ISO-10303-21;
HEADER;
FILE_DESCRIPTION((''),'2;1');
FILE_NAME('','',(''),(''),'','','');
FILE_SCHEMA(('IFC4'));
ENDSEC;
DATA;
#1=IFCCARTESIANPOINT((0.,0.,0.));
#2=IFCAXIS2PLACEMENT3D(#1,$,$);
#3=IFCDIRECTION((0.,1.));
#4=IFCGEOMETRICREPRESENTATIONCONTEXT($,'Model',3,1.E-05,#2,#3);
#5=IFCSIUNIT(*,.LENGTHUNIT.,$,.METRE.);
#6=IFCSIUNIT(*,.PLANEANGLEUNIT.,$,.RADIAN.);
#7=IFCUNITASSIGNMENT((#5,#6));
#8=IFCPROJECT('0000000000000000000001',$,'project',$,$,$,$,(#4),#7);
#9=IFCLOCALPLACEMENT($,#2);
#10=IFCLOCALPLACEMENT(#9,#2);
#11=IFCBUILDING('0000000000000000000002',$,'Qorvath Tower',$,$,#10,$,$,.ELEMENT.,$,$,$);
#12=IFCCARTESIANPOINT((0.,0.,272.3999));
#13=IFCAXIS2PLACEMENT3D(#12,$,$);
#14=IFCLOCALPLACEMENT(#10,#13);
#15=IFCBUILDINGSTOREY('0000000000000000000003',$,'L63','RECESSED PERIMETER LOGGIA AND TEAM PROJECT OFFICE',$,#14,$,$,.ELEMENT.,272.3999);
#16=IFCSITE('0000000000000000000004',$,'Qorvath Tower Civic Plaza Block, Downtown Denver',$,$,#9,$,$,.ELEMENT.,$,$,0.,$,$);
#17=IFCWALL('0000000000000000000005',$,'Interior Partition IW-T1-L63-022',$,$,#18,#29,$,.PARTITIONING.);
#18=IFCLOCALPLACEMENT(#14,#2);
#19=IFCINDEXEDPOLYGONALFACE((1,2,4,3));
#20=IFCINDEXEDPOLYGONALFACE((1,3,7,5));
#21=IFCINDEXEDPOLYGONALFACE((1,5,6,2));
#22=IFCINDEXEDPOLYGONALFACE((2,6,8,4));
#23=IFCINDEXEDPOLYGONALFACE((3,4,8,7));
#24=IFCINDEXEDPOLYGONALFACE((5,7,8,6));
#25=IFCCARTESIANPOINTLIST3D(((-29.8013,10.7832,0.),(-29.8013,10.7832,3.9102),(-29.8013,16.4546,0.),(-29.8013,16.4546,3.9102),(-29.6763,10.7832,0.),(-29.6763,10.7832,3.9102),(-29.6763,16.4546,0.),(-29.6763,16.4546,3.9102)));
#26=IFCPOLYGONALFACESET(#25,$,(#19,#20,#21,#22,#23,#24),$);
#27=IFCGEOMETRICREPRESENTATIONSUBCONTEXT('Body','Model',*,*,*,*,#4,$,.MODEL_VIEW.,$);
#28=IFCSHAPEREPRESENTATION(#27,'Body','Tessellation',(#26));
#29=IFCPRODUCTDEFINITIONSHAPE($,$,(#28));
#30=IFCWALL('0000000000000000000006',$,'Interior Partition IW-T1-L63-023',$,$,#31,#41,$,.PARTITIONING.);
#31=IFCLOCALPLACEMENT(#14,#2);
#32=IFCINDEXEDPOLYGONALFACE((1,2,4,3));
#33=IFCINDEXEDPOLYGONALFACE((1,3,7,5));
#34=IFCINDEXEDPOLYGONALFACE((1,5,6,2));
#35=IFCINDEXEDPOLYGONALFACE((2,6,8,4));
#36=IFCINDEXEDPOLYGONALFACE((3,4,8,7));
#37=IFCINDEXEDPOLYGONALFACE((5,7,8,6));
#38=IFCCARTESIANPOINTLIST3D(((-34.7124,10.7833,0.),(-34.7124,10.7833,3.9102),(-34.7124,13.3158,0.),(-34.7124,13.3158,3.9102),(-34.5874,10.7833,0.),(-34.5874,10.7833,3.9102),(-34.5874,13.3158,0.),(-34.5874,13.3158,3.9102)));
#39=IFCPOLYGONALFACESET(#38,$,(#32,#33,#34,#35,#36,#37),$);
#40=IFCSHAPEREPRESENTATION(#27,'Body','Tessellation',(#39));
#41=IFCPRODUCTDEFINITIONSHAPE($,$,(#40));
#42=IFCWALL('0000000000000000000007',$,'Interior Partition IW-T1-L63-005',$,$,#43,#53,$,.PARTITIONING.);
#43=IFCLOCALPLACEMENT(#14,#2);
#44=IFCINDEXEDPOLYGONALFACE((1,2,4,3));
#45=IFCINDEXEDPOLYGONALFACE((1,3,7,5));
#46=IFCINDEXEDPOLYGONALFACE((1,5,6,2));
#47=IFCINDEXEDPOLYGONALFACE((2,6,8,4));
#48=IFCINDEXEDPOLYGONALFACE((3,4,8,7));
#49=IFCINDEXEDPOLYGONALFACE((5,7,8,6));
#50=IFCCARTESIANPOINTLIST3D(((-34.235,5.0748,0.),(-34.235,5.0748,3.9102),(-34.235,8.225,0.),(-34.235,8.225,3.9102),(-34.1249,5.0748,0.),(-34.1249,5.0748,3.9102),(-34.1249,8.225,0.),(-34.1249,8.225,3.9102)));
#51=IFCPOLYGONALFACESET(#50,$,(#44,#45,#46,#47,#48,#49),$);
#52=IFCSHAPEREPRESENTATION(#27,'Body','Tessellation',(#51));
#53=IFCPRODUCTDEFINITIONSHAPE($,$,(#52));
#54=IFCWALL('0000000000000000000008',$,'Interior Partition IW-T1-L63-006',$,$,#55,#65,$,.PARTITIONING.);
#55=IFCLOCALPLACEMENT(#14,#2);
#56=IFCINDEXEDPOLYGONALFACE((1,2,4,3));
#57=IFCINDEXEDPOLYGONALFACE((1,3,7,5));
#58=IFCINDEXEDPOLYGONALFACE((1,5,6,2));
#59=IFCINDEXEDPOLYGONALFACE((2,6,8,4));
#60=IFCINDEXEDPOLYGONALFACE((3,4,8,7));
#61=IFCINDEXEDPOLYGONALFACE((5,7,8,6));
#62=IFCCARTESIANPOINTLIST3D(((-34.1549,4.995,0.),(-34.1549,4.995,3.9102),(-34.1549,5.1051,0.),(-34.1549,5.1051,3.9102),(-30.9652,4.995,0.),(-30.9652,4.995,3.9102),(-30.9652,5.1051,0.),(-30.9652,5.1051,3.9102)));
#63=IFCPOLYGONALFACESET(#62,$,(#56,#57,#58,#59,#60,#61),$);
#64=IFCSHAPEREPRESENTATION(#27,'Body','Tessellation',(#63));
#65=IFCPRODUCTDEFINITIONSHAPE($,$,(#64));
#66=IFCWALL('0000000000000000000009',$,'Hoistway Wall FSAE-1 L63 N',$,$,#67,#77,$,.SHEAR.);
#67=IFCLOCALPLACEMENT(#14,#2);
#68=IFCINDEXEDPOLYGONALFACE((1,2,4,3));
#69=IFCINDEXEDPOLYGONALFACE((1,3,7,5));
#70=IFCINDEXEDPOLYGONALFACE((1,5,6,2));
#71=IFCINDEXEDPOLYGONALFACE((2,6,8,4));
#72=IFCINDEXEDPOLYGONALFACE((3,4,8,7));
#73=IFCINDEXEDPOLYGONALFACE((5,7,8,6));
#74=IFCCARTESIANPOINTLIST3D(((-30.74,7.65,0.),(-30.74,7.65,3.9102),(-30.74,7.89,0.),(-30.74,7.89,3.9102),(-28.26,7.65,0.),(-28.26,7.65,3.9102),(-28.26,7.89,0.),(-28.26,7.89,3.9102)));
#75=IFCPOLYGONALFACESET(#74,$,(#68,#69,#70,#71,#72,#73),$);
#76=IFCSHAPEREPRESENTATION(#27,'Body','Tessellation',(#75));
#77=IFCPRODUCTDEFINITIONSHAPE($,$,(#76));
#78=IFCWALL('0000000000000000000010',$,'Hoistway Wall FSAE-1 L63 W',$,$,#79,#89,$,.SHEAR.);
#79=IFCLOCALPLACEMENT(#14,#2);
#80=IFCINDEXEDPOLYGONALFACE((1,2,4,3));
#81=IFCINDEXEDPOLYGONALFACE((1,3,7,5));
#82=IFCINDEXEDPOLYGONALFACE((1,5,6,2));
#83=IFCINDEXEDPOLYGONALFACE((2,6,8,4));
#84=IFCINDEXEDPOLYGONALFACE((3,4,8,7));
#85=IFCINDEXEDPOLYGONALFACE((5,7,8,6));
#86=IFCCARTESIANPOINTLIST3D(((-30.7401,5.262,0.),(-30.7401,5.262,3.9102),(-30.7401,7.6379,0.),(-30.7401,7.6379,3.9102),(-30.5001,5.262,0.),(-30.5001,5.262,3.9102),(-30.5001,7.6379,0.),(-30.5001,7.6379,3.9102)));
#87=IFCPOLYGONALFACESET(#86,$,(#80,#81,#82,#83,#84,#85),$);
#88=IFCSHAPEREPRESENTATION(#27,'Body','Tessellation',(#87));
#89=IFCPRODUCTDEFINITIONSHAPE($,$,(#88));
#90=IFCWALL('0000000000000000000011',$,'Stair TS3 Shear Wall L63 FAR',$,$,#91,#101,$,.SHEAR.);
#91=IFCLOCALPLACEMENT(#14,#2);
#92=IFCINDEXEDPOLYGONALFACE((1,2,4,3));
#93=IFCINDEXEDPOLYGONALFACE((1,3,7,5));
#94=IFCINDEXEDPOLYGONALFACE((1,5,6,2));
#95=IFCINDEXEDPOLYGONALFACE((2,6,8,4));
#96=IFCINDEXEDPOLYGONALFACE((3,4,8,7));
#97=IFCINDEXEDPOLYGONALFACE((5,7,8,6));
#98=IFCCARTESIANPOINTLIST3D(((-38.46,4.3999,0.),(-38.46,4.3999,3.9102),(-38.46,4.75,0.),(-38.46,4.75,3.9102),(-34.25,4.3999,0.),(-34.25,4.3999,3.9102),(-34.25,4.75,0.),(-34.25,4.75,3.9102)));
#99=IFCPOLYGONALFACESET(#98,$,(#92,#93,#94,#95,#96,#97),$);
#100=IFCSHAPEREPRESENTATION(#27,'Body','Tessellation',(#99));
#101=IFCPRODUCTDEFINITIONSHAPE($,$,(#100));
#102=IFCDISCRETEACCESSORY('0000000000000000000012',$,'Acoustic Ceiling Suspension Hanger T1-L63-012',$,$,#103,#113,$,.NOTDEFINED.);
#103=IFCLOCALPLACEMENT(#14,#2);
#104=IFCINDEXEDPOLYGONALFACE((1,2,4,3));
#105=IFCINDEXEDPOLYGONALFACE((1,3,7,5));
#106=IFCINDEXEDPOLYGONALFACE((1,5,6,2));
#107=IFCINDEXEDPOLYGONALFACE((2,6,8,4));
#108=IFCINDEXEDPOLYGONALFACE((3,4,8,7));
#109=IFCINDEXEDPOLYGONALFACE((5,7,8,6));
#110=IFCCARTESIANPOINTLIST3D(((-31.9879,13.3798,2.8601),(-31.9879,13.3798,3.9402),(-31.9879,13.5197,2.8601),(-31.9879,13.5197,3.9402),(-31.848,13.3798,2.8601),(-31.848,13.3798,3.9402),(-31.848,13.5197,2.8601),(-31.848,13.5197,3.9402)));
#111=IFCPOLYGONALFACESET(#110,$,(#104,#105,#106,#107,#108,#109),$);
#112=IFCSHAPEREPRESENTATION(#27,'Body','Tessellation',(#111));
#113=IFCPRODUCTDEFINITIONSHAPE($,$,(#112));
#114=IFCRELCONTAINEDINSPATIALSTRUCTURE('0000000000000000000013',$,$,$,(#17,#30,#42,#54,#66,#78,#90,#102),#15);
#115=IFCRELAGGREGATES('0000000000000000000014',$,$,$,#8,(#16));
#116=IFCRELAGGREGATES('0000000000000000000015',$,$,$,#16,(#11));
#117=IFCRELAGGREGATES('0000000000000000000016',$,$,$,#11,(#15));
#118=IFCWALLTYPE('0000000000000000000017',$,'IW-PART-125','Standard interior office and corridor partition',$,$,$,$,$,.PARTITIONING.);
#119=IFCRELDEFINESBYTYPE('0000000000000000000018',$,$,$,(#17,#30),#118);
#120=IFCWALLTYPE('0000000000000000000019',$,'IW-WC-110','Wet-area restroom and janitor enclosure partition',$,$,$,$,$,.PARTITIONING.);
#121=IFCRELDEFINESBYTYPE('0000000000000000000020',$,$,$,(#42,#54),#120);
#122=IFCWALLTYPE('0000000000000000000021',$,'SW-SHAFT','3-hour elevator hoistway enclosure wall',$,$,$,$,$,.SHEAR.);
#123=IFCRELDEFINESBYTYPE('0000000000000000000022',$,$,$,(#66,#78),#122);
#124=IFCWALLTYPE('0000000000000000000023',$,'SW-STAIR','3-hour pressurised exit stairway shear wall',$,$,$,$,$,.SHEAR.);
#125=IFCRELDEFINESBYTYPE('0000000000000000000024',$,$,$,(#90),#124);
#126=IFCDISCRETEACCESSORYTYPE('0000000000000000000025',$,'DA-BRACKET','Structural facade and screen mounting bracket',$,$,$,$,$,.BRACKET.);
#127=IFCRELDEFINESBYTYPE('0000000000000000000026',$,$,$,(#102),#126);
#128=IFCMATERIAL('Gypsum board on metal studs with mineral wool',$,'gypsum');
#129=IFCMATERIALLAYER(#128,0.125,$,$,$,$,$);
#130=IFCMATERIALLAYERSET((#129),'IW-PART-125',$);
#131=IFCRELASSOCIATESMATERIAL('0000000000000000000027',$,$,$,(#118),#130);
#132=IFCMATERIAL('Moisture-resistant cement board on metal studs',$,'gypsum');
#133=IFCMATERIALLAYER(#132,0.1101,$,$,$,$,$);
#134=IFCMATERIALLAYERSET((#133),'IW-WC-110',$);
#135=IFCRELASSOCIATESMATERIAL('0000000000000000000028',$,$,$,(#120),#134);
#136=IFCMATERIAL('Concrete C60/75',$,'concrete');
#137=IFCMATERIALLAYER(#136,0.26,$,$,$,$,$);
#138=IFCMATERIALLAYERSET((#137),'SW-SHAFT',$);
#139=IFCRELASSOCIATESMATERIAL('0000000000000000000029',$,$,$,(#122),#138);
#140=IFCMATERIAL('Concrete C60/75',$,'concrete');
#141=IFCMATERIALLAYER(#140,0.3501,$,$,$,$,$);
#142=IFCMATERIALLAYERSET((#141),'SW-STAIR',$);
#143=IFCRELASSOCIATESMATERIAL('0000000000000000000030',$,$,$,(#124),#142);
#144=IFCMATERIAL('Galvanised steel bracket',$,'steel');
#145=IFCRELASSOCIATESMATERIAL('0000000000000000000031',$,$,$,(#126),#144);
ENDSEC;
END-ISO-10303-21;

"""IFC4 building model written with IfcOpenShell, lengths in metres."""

from ifc_helpers import new_model, si_unit, direction, frame, frame_2d, origin, origin_2d, place, context, subcontext, project, spatial, rectangle, extrude, material, layer, layer_set, type_object, element, save


model = new_model("IFC4")

# Units and contexts
model_context = context("Model", 3, precision=1e-05, world=origin(), true_north=direction((0.0, 1.0)))
body_context = subcontext(model_context, "Body", "Model", "MODEL_VIEW")
ifc_project = project(units=[si_unit("LENGTHUNIT", "METRE"), si_unit("PLANEANGLEUNIT", "RADIAN")], contexts=[model_context])

# Site, building, storey
site_placement = place(None, origin())
site = spatial("IfcSite", under=ifc_project, at=site_placement, Name="Qorvath Tower Civic Plaza Block, Downtown Denver", CompositionType="ELEMENT", RefElevation=0.0)
building_placement = place(site_placement, origin())
building = spatial("IfcBuilding", under=site, at=building_placement, Name="Qorvath Tower", CompositionType="ELEMENT")
storey_placement = place(building_placement, frame((0.0, 0.0, 272.3999)))
storey = spatial("IfcBuildingStorey", under=building, at=storey_placement, Name="L63", Description="RECESSED PERIMETER LOGGIA AND TEAM PROJECT OFFICE", CompositionType="ELEMENT", Elevation=272.3999)

# Shared definitions
ifc_material_1 = material(Name="Gypsum board on metal studs with mineral wool", Category="gypsum")
ifc_layer_1 = layer(ifc_material_1, 0.125)
ifc_layer_set_1 = layer_set([ifc_layer_1], Name="IW-PART-125")
wall_type_1 = type_object("IfcWallType", Name="IW-PART-125", Description="Standard interior office and corridor partition", PredefinedType="PARTITIONING", material=ifc_layer_set_1)

# Walls
wall_1_placement = place(storey_placement, frame((-29.7388, 10.7832, 0.0), z_axis=(0.0, 0.0, 1.0), x_axis=(0.0, 1.0, 0.0)))
element("IfcWall", 1, at=wall_1_placement, inside=storey, type_object=wall_type_1, Name="Interior Partition IW-T1-L63-022", PredefinedType="PARTITIONING", context=body_context, shape_type="SweptSolid", body=[
    extrude(rectangle(XDim=5.6714, YDim=0.125, at=frame_2d((2.8357, 0.0))), origin(), (0.0, 0.0, 1.0), 3.9102),
])
wall_2_placement = place(storey_placement, frame((-34.6499, 13.3157, 0.0), z_axis=(0.0, 0.0, 1.0), x_axis=(0.0, -1.0, 0.0)))
element("IfcWall", 2, at=wall_2_placement, inside=storey, type_object=wall_type_1, Name="Interior Partition IW-T1-L63-023", PredefinedType="PARTITIONING", context=body_context, shape_type="SweptSolid", body=[
    extrude(rectangle(XDim=2.5325, YDim=0.125, at=frame_2d((1.2661, 0.0))), origin(), (0.0, 0.0, 1.0), 3.9102),
])
ifc_material_2 = material(Name="Moisture-resistant cement board on metal studs", Category="gypsum")
ifc_layer_2 = layer(ifc_material_2, 0.1101)
ifc_layer_set_2 = layer_set([ifc_layer_2], Name="IW-WC-110")
wall_type_2 = type_object("IfcWallType", Name="IW-WC-110", Description="Wet-area restroom and janitor enclosure partition", PredefinedType="PARTITIONING", material=ifc_layer_set_2)
wall_3_placement = place(storey_placement, frame((-34.1799, 8.2251, 0.0), z_axis=(0.0, 0.0, 1.0), x_axis=(0.0, -1.0, 0.0)))
element("IfcWall", 3, at=wall_3_placement, inside=storey, type_object=wall_type_2, Name="Interior Partition IW-T1-L63-005", PredefinedType="PARTITIONING", context=body_context, shape_type="SweptSolid", body=[
    extrude(rectangle(XDim=3.1501, YDim=0.1101, at=frame_2d((1.5752, 0.0))), origin(), (0.0, 0.0, 1.0), 3.9102),
])
wall_4_placement = place(storey_placement, frame((-34.1548, 5.05, 0.0), z_axis=(0.0, 0.0, 1.0), x_axis=(1.0, 0.0, 0.0)))
element("IfcWall", 4, at=wall_4_placement, inside=storey, type_object=wall_type_2, Name="Interior Partition IW-T1-L63-006", PredefinedType="PARTITIONING", context=body_context, shape_type="SweptSolid", body=[
    extrude(rectangle(XDim=3.1897, YDim=0.1101, at=frame_2d((1.5947, 0.0))), origin(), (0.0, 0.0, 1.0), 3.9102),
])
ifc_material_3 = material(Name="Concrete C60/75", Category="concrete")
ifc_layer_3 = layer(ifc_material_3, 0.26)
ifc_layer_set_3 = layer_set([ifc_layer_3], Name="SW-SHAFT")
wall_type_3 = type_object("IfcWallType", Name="SW-SHAFT", Description="3-hour elevator hoistway enclosure wall", PredefinedType="SHEAR", material=ifc_layer_set_3)
wall_5_placement = place(storey_placement, frame((-30.74, 7.77, 0.0), z_axis=(0.0, 0.0, 1.0), x_axis=(1.0, 0.0, 0.0)))
element("IfcWall", 5, at=wall_5_placement, inside=storey, type_object=wall_type_3, Name="Hoistway Wall FSAE-1 L63 N", PredefinedType="SHEAR", context=body_context, shape_type="SweptSolid", body=[
    extrude(rectangle(XDim=2.48, YDim=0.24, at=frame_2d((1.24, 0.0))), origin(), (0.0, 0.0, 1.0), 3.9102),
])
wall_6_placement = place(storey_placement, frame((-30.6201, 5.262, 0.0), z_axis=(0.0, 0.0, 1.0), x_axis=(0.0, 1.0, 0.0)))
element("IfcWall", 6, at=wall_6_placement, inside=storey, type_object=wall_type_3, Name="Hoistway Wall FSAE-1 L63 W", PredefinedType="SHEAR", context=body_context, shape_type="SweptSolid", body=[
    extrude(rectangle(XDim=2.376, YDim=0.24, at=frame_2d((1.188, 0.0))), origin(), (0.0, 0.0, 1.0), 3.9102),
])
ifc_material_4 = material(Name="Concrete C60/75", Category="concrete")
ifc_layer_4 = layer(ifc_material_4, 0.3501)
ifc_layer_set_4 = layer_set([ifc_layer_4], Name="SW-STAIR")
wall_type_4 = type_object("IfcWallType", Name="SW-STAIR", Description="3-hour pressurised exit stairway shear wall", PredefinedType="SHEAR", material=ifc_layer_set_4)
wall_7_placement = place(storey_placement, frame((-34.25, 4.575, 0.0), z_axis=(0.0, 0.0, 1.0), x_axis=(-1.0, 0.0, 0.0)))
element("IfcWall", 7, at=wall_7_placement, inside=storey, type_object=wall_type_4, Name="Stair TS3 Shear Wall L63 FAR", PredefinedType="SHEAR", context=body_context, shape_type="SweptSolid", body=[
    extrude(rectangle(XDim=4.21, YDim=0.3501, at=frame_2d((2.105, 0.0))), origin(), (0.0, 0.0, 1.0), 3.9102),
])

# Discrete accessory
ifc_material_5 = material(Name="Galvanised steel bracket", Category="steel")
discrete_accessory_type = type_object("IfcDiscreteAccessoryType", Name="DA-BRACKET", Description="Structural facade and screen mounting bracket", PredefinedType="BRACKET", material=ifc_material_5)
discrete_accessory_placement = place(storey_placement, frame((-31.918, 13.4497, 2.8601), z_axis=(0.0, 0.0, 1.0), x_axis=(1.0, 0.0, 0.0)))
element("IfcDiscreteAccessory", 8, at=discrete_accessory_placement, inside=storey, type_object=discrete_accessory_type, Name="Acoustic Ceiling Suspension Hanger T1-L63-012", PredefinedType="NOTDEFINED", context=body_context, shape_type="SweptSolid", body=[
    extrude(rectangle(XDim=0.1399, YDim=0.1399, at=origin_2d()), origin(), (0.0, 0.0, 1.0), 1.0801),
])

save(model, "model.ifc")
